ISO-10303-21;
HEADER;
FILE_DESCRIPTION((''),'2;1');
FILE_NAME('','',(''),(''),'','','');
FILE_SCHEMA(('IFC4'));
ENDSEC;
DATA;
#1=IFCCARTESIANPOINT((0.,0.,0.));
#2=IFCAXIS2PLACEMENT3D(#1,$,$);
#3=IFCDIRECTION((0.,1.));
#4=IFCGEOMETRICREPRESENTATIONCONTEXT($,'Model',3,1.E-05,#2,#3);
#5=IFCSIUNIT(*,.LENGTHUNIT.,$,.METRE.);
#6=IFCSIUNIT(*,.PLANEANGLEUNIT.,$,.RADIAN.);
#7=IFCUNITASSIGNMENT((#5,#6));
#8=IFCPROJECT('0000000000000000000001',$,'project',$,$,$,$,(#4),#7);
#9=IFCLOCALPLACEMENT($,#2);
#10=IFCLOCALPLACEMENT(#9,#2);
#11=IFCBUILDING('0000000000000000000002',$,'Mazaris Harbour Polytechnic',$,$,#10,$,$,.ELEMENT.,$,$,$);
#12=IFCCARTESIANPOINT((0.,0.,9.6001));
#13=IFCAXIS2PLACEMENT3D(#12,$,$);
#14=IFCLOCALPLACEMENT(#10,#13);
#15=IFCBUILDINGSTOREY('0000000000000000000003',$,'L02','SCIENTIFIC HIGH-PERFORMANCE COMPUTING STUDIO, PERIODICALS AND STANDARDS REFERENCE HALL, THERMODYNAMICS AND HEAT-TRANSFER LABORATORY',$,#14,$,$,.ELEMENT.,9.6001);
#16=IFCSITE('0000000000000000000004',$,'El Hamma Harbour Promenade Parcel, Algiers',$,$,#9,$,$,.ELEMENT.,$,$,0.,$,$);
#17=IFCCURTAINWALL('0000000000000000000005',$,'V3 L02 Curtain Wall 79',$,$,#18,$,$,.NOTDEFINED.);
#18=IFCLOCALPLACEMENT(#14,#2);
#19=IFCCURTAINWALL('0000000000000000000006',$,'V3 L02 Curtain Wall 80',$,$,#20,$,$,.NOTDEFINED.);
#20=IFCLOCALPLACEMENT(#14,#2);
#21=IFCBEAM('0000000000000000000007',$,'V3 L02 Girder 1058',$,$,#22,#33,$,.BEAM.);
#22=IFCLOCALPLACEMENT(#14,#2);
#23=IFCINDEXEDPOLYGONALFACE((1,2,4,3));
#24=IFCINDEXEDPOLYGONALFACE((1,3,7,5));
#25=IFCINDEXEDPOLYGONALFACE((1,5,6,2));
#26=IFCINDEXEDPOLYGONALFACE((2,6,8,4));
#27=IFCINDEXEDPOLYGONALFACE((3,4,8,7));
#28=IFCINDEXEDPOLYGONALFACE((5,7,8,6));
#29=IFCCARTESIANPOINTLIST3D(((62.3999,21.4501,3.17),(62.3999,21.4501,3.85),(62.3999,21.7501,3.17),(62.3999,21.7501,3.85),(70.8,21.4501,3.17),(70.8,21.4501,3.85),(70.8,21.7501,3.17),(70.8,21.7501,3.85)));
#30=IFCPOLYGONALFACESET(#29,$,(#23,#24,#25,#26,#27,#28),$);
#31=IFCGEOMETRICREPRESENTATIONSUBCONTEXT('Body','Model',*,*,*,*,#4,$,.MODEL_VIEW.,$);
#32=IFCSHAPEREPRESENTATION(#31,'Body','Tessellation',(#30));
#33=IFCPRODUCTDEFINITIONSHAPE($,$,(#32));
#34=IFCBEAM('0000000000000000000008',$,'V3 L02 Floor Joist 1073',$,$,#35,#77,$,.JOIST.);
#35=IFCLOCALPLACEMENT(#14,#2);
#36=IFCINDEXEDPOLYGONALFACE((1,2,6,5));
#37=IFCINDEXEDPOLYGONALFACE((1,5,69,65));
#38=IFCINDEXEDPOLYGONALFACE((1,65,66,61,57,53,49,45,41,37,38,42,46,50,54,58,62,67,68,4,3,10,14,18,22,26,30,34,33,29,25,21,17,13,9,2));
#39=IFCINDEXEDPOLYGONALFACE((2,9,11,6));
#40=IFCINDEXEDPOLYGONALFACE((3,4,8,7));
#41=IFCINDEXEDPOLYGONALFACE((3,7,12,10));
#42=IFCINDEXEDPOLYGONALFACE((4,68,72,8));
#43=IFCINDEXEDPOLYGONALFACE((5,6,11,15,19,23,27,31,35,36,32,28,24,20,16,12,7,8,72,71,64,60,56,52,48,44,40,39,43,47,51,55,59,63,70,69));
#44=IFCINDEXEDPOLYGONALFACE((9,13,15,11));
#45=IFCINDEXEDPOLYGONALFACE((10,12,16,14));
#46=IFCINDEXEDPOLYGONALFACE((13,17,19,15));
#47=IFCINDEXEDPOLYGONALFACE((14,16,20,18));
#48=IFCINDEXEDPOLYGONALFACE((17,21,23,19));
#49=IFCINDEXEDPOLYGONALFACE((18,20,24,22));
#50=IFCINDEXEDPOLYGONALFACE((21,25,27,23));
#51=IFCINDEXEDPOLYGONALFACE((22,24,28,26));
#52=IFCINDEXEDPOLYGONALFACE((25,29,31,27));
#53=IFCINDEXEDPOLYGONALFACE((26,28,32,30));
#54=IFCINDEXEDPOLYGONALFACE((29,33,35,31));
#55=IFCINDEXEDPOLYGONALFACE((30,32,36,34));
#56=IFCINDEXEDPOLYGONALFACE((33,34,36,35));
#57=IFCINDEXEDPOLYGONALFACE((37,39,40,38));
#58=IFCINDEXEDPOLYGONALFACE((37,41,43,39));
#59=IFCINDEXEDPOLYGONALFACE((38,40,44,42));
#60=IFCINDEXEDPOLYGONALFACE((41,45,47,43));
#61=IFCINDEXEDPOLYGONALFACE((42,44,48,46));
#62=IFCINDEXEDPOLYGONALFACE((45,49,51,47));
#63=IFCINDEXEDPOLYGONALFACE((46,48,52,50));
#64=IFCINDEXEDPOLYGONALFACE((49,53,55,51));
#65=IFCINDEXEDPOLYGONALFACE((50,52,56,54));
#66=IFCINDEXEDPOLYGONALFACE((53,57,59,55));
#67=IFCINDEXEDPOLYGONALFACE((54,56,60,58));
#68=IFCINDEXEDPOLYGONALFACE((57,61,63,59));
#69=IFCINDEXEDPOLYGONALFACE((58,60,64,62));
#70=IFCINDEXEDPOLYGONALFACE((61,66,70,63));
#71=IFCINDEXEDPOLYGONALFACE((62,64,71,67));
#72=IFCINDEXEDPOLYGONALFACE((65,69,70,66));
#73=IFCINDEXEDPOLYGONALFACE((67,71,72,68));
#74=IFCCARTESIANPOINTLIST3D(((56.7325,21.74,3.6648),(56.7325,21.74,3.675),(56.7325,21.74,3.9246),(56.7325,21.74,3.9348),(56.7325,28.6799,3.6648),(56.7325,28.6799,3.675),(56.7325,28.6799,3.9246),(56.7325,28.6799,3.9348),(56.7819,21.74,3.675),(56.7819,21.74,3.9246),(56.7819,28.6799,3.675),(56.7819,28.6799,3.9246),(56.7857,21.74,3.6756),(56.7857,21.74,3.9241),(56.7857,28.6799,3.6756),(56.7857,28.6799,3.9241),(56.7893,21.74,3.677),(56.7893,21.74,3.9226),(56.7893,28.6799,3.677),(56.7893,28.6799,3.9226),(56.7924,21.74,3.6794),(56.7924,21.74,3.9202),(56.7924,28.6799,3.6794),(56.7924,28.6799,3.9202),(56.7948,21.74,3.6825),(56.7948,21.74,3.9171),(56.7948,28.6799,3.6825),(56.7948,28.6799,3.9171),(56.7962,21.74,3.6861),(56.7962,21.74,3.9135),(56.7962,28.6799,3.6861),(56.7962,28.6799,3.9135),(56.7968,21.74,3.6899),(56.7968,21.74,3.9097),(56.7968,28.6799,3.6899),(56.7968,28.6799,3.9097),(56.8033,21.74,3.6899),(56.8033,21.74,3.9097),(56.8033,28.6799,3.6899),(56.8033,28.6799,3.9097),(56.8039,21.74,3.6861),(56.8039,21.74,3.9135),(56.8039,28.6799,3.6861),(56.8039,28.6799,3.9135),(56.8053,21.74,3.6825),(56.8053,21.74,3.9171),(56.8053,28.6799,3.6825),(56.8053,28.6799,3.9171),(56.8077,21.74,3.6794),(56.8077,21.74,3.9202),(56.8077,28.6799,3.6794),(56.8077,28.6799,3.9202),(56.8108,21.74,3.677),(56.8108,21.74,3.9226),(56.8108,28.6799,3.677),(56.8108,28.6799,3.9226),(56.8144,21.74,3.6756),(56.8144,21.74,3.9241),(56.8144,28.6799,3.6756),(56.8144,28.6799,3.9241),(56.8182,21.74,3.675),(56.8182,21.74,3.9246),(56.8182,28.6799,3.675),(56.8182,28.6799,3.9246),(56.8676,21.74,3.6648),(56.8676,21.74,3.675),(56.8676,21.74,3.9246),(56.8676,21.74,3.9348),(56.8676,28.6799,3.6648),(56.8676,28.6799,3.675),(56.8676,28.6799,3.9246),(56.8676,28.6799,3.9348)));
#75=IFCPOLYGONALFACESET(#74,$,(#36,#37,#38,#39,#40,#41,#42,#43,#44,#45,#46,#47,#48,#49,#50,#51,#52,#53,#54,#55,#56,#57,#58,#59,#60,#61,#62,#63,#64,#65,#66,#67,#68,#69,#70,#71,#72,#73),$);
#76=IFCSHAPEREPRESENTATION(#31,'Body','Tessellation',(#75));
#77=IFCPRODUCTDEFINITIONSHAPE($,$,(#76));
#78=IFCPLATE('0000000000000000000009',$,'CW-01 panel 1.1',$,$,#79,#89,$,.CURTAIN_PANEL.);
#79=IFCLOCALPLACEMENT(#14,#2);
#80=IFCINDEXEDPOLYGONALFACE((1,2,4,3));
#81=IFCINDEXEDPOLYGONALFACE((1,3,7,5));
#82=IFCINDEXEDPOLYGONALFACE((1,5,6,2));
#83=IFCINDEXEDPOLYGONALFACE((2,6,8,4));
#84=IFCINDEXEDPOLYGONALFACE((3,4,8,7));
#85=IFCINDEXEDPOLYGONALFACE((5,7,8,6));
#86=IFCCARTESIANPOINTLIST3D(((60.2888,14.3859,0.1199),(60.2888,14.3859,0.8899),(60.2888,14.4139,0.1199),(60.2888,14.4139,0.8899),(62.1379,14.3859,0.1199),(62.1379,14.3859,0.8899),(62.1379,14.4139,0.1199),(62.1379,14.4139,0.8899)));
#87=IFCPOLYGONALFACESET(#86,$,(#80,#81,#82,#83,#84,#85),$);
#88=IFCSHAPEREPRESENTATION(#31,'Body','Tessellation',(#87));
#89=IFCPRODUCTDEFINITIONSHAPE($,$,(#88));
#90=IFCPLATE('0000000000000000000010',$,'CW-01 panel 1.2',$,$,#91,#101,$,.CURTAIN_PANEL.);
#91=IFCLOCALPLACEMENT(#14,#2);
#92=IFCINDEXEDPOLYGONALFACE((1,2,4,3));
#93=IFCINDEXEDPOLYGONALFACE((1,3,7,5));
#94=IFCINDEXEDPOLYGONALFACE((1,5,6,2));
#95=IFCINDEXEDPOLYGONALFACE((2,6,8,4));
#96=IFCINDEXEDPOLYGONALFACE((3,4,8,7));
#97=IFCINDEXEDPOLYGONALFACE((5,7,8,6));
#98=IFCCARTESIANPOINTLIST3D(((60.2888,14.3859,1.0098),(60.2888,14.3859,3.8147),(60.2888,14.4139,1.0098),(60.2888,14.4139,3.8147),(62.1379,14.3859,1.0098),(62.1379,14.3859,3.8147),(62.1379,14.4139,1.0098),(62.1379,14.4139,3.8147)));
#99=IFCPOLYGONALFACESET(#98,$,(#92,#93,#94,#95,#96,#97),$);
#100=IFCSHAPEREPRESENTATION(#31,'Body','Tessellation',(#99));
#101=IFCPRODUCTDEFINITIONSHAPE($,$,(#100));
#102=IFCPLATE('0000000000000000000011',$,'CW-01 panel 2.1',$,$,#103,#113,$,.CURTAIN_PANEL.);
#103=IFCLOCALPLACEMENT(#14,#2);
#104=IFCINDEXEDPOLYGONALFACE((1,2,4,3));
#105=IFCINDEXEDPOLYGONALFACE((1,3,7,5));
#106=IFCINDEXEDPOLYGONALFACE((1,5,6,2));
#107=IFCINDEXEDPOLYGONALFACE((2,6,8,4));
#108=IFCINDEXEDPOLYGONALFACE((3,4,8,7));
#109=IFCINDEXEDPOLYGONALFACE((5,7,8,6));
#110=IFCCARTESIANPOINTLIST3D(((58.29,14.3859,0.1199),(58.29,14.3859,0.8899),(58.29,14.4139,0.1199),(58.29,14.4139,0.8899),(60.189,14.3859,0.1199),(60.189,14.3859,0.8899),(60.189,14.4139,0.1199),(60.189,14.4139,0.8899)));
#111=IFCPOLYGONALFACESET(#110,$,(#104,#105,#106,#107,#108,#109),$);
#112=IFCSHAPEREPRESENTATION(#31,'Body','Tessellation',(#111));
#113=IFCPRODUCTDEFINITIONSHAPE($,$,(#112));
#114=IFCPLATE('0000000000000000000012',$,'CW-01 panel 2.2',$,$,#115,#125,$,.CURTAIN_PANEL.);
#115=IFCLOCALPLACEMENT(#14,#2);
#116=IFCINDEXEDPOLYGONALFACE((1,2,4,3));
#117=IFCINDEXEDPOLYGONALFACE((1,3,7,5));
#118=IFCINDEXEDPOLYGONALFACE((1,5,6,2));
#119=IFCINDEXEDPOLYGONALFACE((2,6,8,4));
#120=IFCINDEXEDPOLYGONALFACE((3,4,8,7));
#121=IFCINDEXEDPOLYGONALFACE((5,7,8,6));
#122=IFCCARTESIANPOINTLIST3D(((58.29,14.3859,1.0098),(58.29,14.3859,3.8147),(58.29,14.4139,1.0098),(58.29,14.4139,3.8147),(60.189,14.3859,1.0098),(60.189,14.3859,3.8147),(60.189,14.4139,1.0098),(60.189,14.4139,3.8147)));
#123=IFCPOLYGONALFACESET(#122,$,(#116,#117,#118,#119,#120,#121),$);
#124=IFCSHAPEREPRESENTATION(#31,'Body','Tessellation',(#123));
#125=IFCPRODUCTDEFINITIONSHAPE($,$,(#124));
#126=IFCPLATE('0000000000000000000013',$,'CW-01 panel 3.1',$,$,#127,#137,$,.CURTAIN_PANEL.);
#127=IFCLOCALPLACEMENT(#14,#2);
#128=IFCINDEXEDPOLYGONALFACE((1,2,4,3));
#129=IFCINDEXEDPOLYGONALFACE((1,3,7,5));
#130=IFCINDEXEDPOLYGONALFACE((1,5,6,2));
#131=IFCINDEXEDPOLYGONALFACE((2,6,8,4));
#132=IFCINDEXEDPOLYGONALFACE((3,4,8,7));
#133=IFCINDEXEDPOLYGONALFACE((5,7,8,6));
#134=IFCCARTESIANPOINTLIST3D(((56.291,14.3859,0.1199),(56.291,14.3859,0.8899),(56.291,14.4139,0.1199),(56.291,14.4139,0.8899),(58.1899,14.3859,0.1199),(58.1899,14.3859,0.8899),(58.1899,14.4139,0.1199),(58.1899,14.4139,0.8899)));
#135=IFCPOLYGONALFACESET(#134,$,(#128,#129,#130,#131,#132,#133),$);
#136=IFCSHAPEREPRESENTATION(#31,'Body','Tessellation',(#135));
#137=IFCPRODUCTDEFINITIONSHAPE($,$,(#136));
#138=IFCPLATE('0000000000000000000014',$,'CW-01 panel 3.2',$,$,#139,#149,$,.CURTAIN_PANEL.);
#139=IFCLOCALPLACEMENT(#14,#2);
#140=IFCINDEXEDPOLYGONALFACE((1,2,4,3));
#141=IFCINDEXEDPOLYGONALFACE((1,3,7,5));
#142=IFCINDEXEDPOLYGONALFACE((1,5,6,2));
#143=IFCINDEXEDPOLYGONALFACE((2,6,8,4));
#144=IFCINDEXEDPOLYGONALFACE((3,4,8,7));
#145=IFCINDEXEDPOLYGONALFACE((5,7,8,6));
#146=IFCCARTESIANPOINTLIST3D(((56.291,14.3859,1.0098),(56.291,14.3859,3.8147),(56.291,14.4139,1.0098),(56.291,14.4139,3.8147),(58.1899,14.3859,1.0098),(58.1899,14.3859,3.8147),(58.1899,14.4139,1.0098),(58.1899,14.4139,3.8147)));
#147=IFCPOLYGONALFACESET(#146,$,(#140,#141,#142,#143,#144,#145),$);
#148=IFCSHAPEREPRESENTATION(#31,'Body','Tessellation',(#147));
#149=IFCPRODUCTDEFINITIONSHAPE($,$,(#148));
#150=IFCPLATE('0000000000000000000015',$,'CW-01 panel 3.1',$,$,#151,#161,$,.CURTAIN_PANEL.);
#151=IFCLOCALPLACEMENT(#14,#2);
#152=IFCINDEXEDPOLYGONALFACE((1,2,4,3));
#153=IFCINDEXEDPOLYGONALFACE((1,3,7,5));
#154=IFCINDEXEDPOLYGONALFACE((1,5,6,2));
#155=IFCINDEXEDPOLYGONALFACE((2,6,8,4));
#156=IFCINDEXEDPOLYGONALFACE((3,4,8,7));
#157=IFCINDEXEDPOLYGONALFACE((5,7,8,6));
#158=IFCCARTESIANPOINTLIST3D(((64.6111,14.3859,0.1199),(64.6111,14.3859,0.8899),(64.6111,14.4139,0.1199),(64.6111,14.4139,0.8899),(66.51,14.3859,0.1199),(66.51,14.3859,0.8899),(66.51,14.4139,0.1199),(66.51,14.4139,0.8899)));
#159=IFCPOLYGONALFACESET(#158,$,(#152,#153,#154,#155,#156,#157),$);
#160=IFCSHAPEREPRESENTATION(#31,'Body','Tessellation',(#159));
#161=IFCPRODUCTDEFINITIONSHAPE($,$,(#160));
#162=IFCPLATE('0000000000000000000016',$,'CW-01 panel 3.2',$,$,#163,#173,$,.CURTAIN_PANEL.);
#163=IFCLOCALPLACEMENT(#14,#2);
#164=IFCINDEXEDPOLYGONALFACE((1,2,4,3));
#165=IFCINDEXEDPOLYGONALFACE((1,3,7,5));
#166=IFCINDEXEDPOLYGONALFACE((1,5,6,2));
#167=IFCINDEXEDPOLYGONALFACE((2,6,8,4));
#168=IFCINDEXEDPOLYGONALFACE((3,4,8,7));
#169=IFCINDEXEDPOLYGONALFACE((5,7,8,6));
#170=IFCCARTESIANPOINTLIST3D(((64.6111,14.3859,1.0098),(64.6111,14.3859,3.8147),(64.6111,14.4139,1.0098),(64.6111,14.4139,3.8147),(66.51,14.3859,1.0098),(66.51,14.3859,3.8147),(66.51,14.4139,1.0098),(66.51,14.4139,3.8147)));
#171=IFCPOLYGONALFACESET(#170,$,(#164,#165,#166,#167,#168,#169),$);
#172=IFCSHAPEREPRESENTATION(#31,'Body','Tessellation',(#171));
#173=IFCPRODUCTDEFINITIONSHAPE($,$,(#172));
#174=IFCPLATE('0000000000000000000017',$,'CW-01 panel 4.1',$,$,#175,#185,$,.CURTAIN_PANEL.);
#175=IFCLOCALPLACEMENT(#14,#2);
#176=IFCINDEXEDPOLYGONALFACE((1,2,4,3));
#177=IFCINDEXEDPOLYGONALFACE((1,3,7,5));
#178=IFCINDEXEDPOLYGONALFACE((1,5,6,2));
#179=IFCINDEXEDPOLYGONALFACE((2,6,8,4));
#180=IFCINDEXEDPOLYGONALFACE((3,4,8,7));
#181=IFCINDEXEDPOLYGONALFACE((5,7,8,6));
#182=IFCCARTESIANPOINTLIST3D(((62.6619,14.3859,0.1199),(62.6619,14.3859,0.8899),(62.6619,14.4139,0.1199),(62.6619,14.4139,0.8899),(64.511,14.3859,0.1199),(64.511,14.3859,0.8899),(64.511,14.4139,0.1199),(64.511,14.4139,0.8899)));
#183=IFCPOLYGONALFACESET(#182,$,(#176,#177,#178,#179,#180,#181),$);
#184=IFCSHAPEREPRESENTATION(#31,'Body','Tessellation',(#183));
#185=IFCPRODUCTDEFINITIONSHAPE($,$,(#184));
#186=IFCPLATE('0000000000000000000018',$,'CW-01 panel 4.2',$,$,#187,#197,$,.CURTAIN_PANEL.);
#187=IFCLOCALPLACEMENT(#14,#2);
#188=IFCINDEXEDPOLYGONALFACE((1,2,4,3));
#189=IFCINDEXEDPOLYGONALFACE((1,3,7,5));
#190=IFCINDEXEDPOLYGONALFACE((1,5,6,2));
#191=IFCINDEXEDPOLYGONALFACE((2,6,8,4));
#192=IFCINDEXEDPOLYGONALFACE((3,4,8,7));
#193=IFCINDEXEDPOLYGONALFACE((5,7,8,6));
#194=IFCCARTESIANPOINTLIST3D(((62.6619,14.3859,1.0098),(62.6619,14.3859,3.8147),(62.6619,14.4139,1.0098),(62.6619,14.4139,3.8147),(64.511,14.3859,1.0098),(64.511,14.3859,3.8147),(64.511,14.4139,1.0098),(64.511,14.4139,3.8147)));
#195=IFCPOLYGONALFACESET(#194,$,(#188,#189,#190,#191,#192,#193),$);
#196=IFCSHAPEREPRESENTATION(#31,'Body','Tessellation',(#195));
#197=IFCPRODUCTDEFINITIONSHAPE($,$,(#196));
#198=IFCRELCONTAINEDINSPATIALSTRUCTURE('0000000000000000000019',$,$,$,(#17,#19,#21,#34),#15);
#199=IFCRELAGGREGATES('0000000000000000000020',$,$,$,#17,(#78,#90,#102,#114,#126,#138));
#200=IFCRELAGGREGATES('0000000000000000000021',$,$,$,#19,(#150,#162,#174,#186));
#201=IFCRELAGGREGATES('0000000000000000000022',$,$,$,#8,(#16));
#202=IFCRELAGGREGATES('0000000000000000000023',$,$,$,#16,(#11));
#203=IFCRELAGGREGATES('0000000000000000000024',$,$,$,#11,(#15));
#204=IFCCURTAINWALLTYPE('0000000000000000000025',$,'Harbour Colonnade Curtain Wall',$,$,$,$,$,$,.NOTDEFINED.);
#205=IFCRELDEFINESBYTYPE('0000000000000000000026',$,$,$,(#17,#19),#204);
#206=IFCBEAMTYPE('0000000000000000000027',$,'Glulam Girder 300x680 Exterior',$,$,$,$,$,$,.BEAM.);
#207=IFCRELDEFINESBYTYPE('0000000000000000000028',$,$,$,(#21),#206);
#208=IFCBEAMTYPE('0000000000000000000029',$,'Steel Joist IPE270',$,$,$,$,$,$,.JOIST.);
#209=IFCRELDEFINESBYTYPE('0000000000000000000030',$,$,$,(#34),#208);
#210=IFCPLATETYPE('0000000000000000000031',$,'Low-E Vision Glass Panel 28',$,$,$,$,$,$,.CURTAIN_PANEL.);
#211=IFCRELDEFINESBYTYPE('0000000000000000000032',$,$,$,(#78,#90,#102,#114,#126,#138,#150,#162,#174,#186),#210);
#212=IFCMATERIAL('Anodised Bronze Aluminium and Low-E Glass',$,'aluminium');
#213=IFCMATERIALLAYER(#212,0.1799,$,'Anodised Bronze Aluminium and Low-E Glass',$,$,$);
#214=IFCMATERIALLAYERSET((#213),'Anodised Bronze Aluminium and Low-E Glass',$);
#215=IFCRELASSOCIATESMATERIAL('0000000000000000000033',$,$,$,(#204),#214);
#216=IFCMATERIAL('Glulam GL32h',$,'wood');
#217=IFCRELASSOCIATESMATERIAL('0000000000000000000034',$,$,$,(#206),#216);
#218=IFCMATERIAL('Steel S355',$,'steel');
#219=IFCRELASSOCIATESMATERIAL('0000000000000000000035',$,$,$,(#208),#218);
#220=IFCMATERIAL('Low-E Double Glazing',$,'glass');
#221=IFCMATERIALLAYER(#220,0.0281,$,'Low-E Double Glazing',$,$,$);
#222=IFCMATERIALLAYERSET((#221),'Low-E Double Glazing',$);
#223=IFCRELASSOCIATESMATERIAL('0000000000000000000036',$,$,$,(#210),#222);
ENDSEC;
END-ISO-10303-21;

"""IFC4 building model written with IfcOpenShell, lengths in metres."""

from ifc_helpers import new_model, si_unit, direction, frame, origin, origin_2d, place, context, subcontext, project, spatial, rectangle, i_section, extrude, material, layer, layer_set, material_profile, profile_set, type_object, element, aggregate, save


model = new_model("IFC4")

# Units and contexts
model_context = context("Model", 3, precision=1e-05, world=origin(), true_north=direction((0.0, 1.0)))
body_context = subcontext(model_context, "Body", "Model", "MODEL_VIEW")
ifc_project = project(units=[si_unit("LENGTHUNIT", "METRE"), si_unit("PLANEANGLEUNIT", "RADIAN")], contexts=[model_context])

# Site, building, storey
site_placement = place(None, origin())
site = spatial("IfcSite", under=ifc_project, at=site_placement, Name="El Hamma Harbour Promenade Parcel, Algiers", CompositionType="ELEMENT", RefElevation=0.0)
building_placement = place(site_placement, origin())
building = spatial("IfcBuilding", under=site, at=building_placement, Name="Mazaris Harbour Polytechnic", CompositionType="ELEMENT")
storey_placement = place(building_placement, frame((0.0, 0.0, 9.6001)))
storey = spatial("IfcBuildingStorey", under=building, at=storey_placement, Name="L02", Description="SCIENTIFIC HIGH-PERFORMANCE COMPUTING STUDIO, PERIODICALS AND STANDARDS REFERENCE HALL, THERMODYNAMICS AND HEAT-TRANSFER LABORATORY", CompositionType="ELEMENT", Elevation=9.6001)

# Curtain walls
ifc_material_1 = material(Name="Anodised Bronze Aluminium and Low-E Glass", Category="aluminium")
ifc_layer_1 = layer(ifc_material_1, 0.1799, Name="Anodised Bronze Aluminium and Low-E Glass")
ifc_layer_set_1 = layer_set([ifc_layer_1], Name="Anodised Bronze Aluminium and Low-E Glass")
curtain_wall_type = type_object("IfcCurtainWallType", Name="Harbour Colonnade Curtain Wall", PredefinedType="NOTDEFINED", material=ifc_layer_set_1)
curtain_wall_1_placement = place(storey_placement, origin())
curtain_wall_1 = element("IfcCurtainWall", 1, at=curtain_wall_1_placement, inside=storey, type_object=curtain_wall_type, Name="V3 L02 Curtain Wall 79", PredefinedType="NOTDEFINED")
curtain_wall_2_placement = place(storey_placement, origin())
curtain_wall_2 = element("IfcCurtainWall", 2, at=curtain_wall_2_placement, inside=storey, type_object=curtain_wall_type, Name="V3 L02 Curtain Wall 80", PredefinedType="NOTDEFINED")

# Beams
ifc_material_2 = material(Name="Glulam GL32h", Category="wood")
ifc_material_profile_1 = material_profile(ifc_material_2, rectangle(XDim=0.3, YDim=0.6799, at=origin_2d()), Name="RECT300x680")
ifc_profile_set_1 = profile_set([ifc_material_profile_1], Name="Glulam GL32h")
beam_type_1 = type_object("IfcBeamType", Name="Glulam Girder 300x680 Exterior", PredefinedType="BEAM", material=ifc_profile_set_1)
beam_1_placement = place(storey_placement, frame((62.3999, 21.6001, 3.51), z_axis=(1.0, 0.0, 0.0), x_axis=(0.0, 1.0, 0.0)))
element("IfcBeam", 3, at=beam_1_placement, inside=storey, type_object=beam_type_1, Name="V3 L02 Girder 1058", PredefinedType="BEAM", context=body_context, shape_type="SweptSolid", body=[
    extrude(rectangle(XDim=0.3, YDim=0.6799, at=origin_2d()), origin(), (0.0, 0.0, 1.0), 8.4001),
])
ifc_material_3 = material(Name="Steel S355", Category="steel")
ifc_material_profile_2 = material_profile(ifc_material_3, i_section(OverallWidth=0.135, OverallDepth=0.27, WebThickness=0.0066, FlangeThickness=0.0103, FilletRadius=0.0149, at=origin_2d()), Name="IPE 270")
ifc_profile_set_2 = profile_set([ifc_material_profile_2], Name="Steel S355")
beam_type_2 = type_object("IfcBeamType", Name="Steel Joist IPE270", PredefinedType="JOIST", material=ifc_profile_set_2)
beam_2_placement = place(storey_placement, frame((56.8, 21.74, 3.7998), z_axis=(0.0, 1.0, 0.0), x_axis=(-1.0, 0.0, 0.0)))
element("IfcBeam", 4, at=beam_2_placement, inside=storey, type_object=beam_type_2, Name="V3 L02 Floor Joist 1073", PredefinedType="JOIST", context=body_context, shape_type="SweptSolid", body=[
    extrude(i_section(OverallWidth=0.135, OverallDepth=0.27, WebThickness=0.0066, FlangeThickness=0.0103, FilletRadius=0.0149, at=origin_2d()), origin(), (0.0, 0.0, 1.0), 6.9399),
])

# Plates
ifc_material_4 = material(Name="Low-E Double Glazing", Category="glass")
ifc_layer_2 = layer(ifc_material_4, 0.0281, Name="Low-E Double Glazing")
ifc_layer_set_2 = layer_set([ifc_layer_2], Name="Low-E Double Glazing")
plate_type = type_object("IfcPlateType", Name="Low-E Vision Glass Panel 28", PredefinedType="CURTAIN_PANEL", material=ifc_layer_set_2)
plate_1_placement = place(storey_placement, frame((61.2134, 14.3999, 0.1199), z_axis=(0.0, 0.0, 1.0), x_axis=(-1.0, 0.0, 0.0)))
plate_1 = element("IfcPlate", 5, at=plate_1_placement, type_object=plate_type, Name="CW-01 panel 1.1", PredefinedType="CURTAIN_PANEL", context=body_context, shape_type="SweptSolid", body=[
    extrude(rectangle(XDim=1.8491, YDim=0.0281, at=origin_2d()), origin(), (0.0, 0.0, 1.0), 0.77),
])
plate_2_placement = place(storey_placement, frame((61.2134, 14.3999, 1.0098), z_axis=(0.0, 0.0, 1.0), x_axis=(-1.0, 0.0, 0.0)))
plate_2 = element("IfcPlate", 6, at=plate_2_placement, type_object=plate_type, Name="CW-01 panel 1.2", PredefinedType="CURTAIN_PANEL", context=body_context, shape_type="SweptSolid", body=[
    extrude(rectangle(XDim=1.8491, YDim=0.0281, at=origin_2d()), origin(), (0.0, 0.0, 1.0), 2.8049),
])
plate_3_placement = place(storey_placement, frame((59.2395, 14.3999, 0.1199), z_axis=(0.0, 0.0, 1.0), x_axis=(-1.0, 0.0, 0.0)))
plate_3 = element("IfcPlate", 7, at=plate_3_placement, type_object=plate_type, Name="CW-01 panel 2.1", PredefinedType="CURTAIN_PANEL", context=body_context, shape_type="SweptSolid", body=[
    extrude(rectangle(XDim=1.8989, YDim=0.0281, at=origin_2d()), origin(), (0.0, 0.0, 1.0), 0.77),
])
plate_4_placement = place(storey_placement, frame((59.2395, 14.3999, 1.0098), z_axis=(0.0, 0.0, 1.0), x_axis=(-1.0, 0.0, 0.0)))
plate_4 = element("IfcPlate", 8, at=plate_4_placement, type_object=plate_type, Name="CW-01 panel 2.2", PredefinedType="CURTAIN_PANEL", context=body_context, shape_type="SweptSolid", body=[
    extrude(rectangle(XDim=1.8989, YDim=0.0281, at=origin_2d()), origin(), (0.0, 0.0, 1.0), 2.8049),
])
plate_5_placement = place(storey_placement, frame((57.2405, 14.3999, 0.1199), z_axis=(0.0, 0.0, 1.0), x_axis=(-1.0, 0.0, 0.0)))
plate_5 = element("IfcPlate", 9, at=plate_5_placement, type_object=plate_type, Name="CW-01 panel 3.1", PredefinedType="CURTAIN_PANEL", context=body_context, shape_type="SweptSolid", body=[
    extrude(rectangle(XDim=1.8989, YDim=0.0281, at=origin_2d()), origin(), (0.0, 0.0, 1.0), 0.77),
])
plate_6_placement = place(storey_placement, frame((57.2405, 14.3999, 1.0098), z_axis=(0.0, 0.0, 1.0), x_axis=(-1.0, 0.0, 0.0)))
plate_6 = element("IfcPlate", 10, at=plate_6_placement, type_object=plate_type, Name="CW-01 panel 3.2", PredefinedType="CURTAIN_PANEL", context=body_context, shape_type="SweptSolid", body=[
    extrude(rectangle(XDim=1.8989, YDim=0.0281, at=origin_2d()), origin(), (0.0, 0.0, 1.0), 2.8049),
])
aggregate(curtain_wall_1, [plate_1, plate_2, plate_3, plate_4, plate_5, plate_6])
plate_7_placement = place(storey_placement, frame((65.5605, 14.3999, 0.1199), z_axis=(0.0, 0.0, 1.0), x_axis=(-1.0, 0.0, 0.0)))
plate_7 = element("IfcPlate", 11, at=plate_7_placement, type_object=plate_type, Name="CW-01 panel 3.1", PredefinedType="CURTAIN_PANEL", context=body_context, shape_type="SweptSolid", body=[
    extrude(rectangle(XDim=1.8989, YDim=0.0281, at=origin_2d()), origin(), (0.0, 0.0, 1.0), 0.77),
])
plate_8_placement = place(storey_placement, frame((65.5605, 14.3999, 1.0098), z_axis=(0.0, 0.0, 1.0), x_axis=(-1.0, 0.0, 0.0)))
plate_8 = element("IfcPlate", 12, at=plate_8_placement, type_object=plate_type, Name="CW-01 panel 3.2", PredefinedType="CURTAIN_PANEL", context=body_context, shape_type="SweptSolid", body=[
    extrude(rectangle(XDim=1.8989, YDim=0.0281, at=origin_2d()), origin(), (0.0, 0.0, 1.0), 2.8049),
])
plate_9_placement = place(storey_placement, frame((63.5864, 14.3999, 0.1199), z_axis=(0.0, 0.0, 1.0), x_axis=(-1.0, 0.0, 0.0)))
plate_9 = element("IfcPlate", 13, at=plate_9_placement, type_object=plate_type, Name="CW-01 panel 4.1", PredefinedType="CURTAIN_PANEL", context=body_context, shape_type="SweptSolid", body=[
    extrude(rectangle(XDim=1.8491, YDim=0.0281, at=origin_2d()), origin(), (0.0, 0.0, 1.0), 0.77),
])
plate_10_placement = place(storey_placement, frame((63.5864, 14.3999, 1.0098), z_axis=(0.0, 0.0, 1.0), x_axis=(-1.0, 0.0, 0.0)))
plate_10 = element("IfcPlate", 14, at=plate_10_placement, type_object=plate_type, Name="CW-01 panel 4.2", PredefinedType="CURTAIN_PANEL", context=body_context, shape_type="SweptSolid", body=[
    extrude(rectangle(XDim=1.8491, YDim=0.0281, at=origin_2d()), origin(), (0.0, 0.0, 1.0), 2.8049),
])
aggregate(curtain_wall_2, [plate_7, plate_8, plate_9, plate_10])

save(model, "model.ifc")
